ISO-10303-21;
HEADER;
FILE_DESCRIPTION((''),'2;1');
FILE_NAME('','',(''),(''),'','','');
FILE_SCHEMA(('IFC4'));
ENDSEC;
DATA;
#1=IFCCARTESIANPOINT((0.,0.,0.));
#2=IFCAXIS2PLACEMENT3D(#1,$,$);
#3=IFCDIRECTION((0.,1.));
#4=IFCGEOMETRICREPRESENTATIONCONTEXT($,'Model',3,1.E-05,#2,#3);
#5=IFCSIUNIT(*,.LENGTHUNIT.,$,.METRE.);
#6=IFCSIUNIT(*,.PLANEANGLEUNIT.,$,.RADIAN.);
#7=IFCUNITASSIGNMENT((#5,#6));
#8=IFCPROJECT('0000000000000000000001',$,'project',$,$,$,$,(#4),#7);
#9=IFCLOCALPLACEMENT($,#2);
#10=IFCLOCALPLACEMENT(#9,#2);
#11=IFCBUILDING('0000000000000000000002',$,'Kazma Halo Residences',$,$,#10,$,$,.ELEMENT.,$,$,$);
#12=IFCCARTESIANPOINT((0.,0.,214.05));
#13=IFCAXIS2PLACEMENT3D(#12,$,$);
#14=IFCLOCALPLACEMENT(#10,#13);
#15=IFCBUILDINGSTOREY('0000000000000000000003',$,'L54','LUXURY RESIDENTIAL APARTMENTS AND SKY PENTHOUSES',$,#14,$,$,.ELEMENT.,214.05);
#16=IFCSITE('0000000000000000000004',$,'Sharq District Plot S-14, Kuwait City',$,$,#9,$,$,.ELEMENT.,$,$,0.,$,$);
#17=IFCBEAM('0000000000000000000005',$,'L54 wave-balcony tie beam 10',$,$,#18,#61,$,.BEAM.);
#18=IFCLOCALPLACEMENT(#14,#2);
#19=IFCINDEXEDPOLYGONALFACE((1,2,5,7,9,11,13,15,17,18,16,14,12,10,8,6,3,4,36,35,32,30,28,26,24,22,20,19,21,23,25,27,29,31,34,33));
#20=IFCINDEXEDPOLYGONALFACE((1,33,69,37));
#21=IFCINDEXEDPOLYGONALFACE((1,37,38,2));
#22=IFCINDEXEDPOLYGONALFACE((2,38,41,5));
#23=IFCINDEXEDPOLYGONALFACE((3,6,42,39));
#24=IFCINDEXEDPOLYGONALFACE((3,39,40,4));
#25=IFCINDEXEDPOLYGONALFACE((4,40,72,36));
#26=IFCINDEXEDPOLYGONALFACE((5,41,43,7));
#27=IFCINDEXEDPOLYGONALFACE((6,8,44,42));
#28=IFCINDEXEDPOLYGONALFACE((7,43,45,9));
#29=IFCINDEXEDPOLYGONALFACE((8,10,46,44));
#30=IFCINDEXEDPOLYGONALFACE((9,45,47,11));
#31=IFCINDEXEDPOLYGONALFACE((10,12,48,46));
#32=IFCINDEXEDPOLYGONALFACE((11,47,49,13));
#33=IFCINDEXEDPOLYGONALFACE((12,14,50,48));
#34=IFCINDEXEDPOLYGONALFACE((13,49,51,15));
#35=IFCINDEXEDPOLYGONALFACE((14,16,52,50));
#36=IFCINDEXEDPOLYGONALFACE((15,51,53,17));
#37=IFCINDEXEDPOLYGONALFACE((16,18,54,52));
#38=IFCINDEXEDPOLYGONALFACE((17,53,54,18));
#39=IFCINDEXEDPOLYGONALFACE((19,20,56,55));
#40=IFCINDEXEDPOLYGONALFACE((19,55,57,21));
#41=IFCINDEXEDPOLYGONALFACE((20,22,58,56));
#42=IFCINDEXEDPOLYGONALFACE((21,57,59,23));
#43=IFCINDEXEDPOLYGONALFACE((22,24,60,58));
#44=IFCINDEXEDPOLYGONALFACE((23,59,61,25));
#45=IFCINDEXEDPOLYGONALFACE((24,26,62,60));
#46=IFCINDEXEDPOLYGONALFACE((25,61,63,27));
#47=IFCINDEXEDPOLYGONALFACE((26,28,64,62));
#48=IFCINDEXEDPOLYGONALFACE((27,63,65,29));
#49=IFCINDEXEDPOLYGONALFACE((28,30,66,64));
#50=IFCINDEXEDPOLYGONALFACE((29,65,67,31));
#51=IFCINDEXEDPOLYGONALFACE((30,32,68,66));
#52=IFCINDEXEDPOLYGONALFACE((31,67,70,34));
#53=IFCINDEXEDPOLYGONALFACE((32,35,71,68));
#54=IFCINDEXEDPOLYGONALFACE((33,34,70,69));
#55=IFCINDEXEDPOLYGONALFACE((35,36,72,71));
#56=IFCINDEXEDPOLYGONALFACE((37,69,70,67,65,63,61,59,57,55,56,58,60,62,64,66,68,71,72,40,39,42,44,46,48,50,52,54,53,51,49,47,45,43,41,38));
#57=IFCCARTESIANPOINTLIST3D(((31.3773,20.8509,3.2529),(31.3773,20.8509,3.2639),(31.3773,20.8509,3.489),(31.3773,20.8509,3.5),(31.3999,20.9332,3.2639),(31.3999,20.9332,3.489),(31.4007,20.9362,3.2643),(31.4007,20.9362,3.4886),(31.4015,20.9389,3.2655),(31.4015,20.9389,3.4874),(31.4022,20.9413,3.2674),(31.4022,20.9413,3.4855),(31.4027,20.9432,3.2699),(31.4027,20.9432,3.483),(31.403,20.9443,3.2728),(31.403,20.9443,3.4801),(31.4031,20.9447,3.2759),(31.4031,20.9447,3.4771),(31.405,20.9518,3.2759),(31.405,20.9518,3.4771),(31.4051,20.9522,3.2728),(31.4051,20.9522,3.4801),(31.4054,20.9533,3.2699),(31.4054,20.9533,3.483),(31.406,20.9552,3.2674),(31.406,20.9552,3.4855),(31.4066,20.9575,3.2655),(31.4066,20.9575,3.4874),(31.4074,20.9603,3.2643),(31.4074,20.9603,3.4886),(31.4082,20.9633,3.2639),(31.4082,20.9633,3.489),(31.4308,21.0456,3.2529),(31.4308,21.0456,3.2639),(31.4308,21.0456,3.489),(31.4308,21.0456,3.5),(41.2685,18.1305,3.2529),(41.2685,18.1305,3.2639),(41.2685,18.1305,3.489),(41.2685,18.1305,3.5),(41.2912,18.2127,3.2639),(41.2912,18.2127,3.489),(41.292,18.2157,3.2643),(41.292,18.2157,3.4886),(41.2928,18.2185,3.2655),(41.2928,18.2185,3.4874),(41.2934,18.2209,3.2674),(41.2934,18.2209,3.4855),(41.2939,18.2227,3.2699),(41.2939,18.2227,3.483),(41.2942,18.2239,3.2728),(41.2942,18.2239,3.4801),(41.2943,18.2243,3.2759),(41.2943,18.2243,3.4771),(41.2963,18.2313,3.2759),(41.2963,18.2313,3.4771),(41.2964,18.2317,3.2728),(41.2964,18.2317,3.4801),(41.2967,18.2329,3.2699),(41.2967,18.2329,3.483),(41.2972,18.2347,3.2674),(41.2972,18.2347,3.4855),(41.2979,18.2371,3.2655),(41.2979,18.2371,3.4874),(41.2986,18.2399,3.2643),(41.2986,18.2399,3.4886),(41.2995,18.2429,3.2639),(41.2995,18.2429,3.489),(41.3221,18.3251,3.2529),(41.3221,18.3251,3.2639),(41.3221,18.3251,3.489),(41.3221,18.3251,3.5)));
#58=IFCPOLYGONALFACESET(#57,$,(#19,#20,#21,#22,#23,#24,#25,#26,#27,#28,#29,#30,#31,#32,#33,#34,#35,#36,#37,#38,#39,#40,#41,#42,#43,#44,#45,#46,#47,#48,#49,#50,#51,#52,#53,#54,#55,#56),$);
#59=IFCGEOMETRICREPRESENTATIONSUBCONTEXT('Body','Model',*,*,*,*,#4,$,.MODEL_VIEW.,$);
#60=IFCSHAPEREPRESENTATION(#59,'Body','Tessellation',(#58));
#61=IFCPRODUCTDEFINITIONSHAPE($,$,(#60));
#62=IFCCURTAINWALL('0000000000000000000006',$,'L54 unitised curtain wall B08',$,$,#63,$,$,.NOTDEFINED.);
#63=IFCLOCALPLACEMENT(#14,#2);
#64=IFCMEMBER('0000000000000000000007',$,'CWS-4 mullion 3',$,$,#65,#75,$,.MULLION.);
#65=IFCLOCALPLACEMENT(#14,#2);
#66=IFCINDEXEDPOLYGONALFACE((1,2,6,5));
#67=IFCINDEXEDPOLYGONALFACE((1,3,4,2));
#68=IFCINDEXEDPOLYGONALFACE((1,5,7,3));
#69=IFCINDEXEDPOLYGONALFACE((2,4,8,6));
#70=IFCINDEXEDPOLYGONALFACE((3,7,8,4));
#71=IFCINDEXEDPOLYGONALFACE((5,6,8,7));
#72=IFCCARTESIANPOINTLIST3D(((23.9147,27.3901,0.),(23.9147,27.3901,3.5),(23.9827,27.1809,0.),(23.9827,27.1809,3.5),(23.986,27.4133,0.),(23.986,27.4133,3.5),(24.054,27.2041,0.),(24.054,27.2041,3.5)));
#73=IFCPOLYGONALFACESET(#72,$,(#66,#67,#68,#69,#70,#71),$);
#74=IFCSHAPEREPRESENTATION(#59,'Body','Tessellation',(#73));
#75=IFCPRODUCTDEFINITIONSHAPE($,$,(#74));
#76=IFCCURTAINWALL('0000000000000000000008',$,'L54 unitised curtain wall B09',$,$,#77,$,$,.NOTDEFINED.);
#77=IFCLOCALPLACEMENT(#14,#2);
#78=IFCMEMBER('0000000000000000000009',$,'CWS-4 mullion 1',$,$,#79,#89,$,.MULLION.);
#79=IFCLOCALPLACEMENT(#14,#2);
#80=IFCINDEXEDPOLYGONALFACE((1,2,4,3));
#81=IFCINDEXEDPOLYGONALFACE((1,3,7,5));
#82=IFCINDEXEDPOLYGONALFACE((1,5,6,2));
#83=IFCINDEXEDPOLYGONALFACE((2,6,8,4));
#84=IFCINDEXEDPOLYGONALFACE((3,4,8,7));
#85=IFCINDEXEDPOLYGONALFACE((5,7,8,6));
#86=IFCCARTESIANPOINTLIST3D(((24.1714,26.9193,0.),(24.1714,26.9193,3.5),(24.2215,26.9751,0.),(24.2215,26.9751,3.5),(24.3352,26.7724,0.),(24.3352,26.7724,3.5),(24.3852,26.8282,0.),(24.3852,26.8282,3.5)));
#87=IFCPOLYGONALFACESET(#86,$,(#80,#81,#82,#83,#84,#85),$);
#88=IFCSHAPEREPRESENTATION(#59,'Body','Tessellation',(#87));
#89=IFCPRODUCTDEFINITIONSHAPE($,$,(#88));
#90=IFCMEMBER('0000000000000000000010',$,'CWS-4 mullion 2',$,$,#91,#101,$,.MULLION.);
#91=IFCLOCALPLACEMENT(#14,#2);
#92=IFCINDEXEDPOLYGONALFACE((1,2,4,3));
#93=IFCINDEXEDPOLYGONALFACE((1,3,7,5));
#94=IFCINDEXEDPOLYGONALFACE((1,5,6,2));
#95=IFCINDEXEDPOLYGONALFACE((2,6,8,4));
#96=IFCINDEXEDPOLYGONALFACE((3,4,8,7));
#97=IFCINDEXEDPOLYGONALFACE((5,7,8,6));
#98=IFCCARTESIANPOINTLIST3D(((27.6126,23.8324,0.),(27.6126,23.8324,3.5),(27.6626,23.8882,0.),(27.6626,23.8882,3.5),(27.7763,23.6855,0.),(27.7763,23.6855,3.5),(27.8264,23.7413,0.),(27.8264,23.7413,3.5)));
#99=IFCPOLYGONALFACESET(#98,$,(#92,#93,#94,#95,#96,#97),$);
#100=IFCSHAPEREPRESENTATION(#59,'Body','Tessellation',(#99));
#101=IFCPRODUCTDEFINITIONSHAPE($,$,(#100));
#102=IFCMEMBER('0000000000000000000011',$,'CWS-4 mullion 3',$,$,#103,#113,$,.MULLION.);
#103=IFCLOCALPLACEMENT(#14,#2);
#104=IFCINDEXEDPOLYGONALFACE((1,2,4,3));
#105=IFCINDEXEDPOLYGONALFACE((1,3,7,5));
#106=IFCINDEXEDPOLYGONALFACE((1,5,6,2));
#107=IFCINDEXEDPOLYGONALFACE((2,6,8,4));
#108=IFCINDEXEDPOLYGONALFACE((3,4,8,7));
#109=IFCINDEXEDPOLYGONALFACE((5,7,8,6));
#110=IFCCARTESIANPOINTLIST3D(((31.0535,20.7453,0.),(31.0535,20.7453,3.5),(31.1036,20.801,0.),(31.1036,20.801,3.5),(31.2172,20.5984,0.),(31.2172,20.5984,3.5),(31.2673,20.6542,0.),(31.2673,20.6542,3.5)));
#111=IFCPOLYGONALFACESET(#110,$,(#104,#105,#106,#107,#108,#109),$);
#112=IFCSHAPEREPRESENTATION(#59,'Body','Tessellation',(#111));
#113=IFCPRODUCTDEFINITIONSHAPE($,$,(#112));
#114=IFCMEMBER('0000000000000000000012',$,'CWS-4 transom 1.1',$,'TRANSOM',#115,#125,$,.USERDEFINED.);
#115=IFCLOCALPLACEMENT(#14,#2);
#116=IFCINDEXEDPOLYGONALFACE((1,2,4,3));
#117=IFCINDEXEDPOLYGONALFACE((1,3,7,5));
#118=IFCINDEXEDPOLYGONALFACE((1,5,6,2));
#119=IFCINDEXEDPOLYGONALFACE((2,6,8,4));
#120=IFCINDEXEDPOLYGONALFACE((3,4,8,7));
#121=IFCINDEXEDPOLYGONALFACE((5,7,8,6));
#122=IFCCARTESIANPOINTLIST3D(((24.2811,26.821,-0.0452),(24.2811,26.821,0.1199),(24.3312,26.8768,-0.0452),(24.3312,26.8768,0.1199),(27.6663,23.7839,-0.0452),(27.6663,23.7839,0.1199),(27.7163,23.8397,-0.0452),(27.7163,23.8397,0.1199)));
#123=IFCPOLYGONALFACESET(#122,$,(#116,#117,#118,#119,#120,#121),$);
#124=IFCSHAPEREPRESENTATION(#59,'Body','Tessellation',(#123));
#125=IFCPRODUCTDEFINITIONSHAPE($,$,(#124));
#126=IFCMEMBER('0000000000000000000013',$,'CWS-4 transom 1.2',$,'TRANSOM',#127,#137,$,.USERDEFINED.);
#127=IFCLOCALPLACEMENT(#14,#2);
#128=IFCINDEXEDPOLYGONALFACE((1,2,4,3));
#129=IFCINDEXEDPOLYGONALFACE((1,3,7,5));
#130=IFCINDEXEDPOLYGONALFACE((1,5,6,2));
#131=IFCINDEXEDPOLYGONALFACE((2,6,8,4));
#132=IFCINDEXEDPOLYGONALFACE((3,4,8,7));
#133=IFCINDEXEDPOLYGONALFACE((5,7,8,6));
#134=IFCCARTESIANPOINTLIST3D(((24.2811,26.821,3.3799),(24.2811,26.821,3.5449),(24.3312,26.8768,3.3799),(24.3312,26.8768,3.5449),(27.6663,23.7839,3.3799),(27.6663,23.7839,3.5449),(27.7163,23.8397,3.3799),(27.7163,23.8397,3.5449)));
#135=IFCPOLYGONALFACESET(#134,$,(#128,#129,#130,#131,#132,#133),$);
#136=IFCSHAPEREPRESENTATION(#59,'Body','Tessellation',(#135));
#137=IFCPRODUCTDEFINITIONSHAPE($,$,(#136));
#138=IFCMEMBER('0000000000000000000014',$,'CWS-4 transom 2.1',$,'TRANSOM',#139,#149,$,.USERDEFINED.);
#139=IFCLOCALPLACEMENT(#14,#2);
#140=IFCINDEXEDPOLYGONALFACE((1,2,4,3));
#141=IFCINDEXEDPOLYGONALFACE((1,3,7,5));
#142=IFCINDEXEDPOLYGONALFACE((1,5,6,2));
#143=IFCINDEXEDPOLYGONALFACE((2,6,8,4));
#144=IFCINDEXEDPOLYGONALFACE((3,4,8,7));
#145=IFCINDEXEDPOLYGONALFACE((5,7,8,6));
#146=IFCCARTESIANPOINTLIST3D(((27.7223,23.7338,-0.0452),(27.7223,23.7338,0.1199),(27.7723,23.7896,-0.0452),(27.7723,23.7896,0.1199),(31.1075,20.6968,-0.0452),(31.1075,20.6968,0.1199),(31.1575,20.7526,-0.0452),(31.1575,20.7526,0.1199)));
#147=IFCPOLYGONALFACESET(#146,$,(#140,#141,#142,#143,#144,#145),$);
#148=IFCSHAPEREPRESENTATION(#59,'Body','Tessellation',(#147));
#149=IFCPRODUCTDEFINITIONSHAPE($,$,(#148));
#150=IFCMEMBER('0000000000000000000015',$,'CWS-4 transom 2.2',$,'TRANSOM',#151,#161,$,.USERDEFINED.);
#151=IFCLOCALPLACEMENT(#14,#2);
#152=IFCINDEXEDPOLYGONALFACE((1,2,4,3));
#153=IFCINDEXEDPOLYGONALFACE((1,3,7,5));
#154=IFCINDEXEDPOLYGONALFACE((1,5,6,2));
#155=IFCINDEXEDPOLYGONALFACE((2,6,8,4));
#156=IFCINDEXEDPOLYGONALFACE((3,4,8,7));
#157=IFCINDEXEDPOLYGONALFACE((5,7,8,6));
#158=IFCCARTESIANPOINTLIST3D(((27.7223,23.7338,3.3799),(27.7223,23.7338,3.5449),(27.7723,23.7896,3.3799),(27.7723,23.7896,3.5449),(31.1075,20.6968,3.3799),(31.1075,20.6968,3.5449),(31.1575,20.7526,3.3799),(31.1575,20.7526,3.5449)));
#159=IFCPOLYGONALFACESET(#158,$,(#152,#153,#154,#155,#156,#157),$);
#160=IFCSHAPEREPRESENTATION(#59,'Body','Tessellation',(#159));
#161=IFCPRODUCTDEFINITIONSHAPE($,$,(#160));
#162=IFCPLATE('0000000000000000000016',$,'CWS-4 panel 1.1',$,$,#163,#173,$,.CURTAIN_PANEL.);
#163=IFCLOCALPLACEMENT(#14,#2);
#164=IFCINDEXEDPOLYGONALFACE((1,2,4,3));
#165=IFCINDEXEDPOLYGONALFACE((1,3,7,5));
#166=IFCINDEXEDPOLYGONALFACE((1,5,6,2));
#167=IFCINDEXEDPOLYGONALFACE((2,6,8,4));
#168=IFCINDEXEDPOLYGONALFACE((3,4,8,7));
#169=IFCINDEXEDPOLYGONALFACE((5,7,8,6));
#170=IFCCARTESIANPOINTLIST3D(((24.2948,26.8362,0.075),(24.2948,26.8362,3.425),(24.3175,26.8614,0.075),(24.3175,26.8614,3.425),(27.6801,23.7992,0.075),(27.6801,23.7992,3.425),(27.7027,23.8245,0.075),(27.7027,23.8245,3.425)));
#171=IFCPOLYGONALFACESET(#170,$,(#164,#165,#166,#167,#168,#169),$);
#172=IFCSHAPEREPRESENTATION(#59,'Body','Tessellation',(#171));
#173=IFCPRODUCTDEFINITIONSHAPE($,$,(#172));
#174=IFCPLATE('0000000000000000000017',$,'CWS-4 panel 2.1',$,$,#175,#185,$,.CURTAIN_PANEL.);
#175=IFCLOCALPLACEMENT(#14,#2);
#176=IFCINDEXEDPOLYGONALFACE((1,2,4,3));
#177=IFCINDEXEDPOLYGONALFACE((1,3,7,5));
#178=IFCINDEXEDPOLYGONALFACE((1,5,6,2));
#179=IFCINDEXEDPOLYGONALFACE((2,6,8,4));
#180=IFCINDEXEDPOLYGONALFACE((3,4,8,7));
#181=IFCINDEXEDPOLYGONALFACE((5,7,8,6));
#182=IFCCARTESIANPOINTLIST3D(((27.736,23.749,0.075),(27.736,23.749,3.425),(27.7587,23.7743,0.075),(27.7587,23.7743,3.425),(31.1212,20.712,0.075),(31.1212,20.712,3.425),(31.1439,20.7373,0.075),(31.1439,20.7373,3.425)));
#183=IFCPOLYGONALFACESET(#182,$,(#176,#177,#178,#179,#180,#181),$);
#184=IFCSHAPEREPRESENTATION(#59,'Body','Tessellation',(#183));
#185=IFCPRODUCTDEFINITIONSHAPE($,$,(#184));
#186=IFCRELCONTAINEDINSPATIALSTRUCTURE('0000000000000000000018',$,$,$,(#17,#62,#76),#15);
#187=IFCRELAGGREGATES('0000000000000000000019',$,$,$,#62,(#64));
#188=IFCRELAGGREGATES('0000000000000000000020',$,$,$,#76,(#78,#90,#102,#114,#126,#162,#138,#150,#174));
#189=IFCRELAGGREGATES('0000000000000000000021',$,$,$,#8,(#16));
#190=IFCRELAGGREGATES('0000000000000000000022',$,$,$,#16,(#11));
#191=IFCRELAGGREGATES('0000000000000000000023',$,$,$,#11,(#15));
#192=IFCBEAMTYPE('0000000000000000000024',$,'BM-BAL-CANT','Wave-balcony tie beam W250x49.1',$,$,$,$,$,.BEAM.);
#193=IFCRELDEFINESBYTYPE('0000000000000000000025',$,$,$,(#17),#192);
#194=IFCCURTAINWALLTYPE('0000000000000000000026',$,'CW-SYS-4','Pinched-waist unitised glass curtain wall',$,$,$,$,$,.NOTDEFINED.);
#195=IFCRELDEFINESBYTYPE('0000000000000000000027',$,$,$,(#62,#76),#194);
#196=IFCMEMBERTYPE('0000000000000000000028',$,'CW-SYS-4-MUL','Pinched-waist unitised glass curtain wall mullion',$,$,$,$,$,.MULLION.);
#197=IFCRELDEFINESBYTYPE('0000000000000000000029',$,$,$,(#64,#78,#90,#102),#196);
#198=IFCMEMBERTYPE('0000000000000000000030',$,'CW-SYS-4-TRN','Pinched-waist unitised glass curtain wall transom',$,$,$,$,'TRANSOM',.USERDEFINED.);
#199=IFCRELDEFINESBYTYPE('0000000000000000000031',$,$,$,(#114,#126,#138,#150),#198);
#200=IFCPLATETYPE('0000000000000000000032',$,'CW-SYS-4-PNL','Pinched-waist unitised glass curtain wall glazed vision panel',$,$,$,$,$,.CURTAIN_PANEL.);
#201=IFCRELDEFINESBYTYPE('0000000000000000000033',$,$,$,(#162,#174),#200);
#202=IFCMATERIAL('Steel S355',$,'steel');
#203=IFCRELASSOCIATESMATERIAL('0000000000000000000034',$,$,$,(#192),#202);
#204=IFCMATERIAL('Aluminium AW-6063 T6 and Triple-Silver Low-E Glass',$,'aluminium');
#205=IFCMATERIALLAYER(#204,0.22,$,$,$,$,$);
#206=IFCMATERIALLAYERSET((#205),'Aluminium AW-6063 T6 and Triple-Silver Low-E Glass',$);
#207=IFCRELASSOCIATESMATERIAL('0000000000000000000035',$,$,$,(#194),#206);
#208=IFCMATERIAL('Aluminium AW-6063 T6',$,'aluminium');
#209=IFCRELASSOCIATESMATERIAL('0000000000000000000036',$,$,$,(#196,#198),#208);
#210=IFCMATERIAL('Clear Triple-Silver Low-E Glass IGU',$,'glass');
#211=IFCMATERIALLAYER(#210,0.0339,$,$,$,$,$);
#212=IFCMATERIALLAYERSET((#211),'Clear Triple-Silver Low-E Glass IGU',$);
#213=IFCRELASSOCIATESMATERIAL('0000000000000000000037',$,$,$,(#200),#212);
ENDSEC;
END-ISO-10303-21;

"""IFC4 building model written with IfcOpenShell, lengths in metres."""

from ifc_helpers import new_model, si_unit, direction, frame, origin, origin_2d, place, context, subcontext, project, spatial, rectangle, i_section, extrude, material, layer, layer_set, material_profile, profile_set, type_object, element, aggregate, save


model = new_model("IFC4")

# Units and contexts
model_context = context("Model", 3, precision=1e-05, world=origin(), true_north=direction((0.0, 1.0)))
body_context = subcontext(model_context, "Body", "Model", "MODEL_VIEW")
ifc_project = project(units=[si_unit("LENGTHUNIT", "METRE"), si_unit("PLANEANGLEUNIT", "RADIAN")], contexts=[model_context])

# Site, building, storey
site_placement = place(None, origin())
site = spatial("IfcSite", under=ifc_project, at=site_placement, Name="Sharq District Plot S-14, Kuwait City", CompositionType="ELEMENT", RefElevation=0.0)
building_placement = place(site_placement, origin())
building = spatial("IfcBuilding", under=site, at=building_placement, Name="Kazma Halo Residences", CompositionType="ELEMENT")
storey_placement = place(building_placement, frame((0.0, 0.0, 214.05)))
storey = spatial("IfcBuildingStorey", under=building, at=storey_placement, Name="L54", Description="LUXURY RESIDENTIAL APARTMENTS AND SKY PENTHOUSES", CompositionType="ELEMENT", Elevation=214.05)

# Beam
ifc_material_1 = material(Name="Steel S355", Category="steel")
ifc_material_profile_1 = material_profile(ifc_material_1, i_section(OverallWidth=0.2019, OverallDepth=0.2471, WebThickness=0.0073, FlangeThickness=0.011, FilletRadius=0.012, at=origin_2d()), Name="W250x49.1")
ifc_profile_set_1 = profile_set([ifc_material_profile_1], Name="Steel S355")
beam_type = type_object("IfcBeamType", Name="BM-BAL-CANT", Description="Wave-balcony tie beam W250x49.1", PredefinedType="BEAM", material=ifc_profile_set_1)
beam_placement = place(storey_placement, frame((31.4041, 20.9482, 3.3765), z_axis=(0.964197, -0.265187, 0.0), x_axis=(0.265187, 0.964197, 0.0)))
element("IfcBeam", 1, at=beam_placement, inside=storey, type_object=beam_type, Name="L54 wave-balcony tie beam 10", PredefinedType="BEAM", context=body_context, shape_type="SweptSolid", body=[
    extrude(i_section(OverallWidth=0.2019, OverallDepth=0.2471, WebThickness=0.0073, FlangeThickness=0.011, FilletRadius=0.012, at=origin_2d()), origin(), (0.0, 0.0, 1.0), 10.2585),
])

# Curtain wall, member
ifc_material_2 = material(Name="Aluminium AW-6063 T6 and Triple-Silver Low-E Glass", Category="aluminium")
ifc_layer_1 = layer(ifc_material_2, 0.22)
ifc_layer_set_1 = layer_set([ifc_layer_1], Name="Aluminium AW-6063 T6 and Triple-Silver Low-E Glass")
curtain_wall_type = type_object("IfcCurtainWallType", Name="CW-SYS-4", Description="Pinched-waist unitised glass curtain wall", PredefinedType="NOTDEFINED", material=ifc_layer_set_1)
curtain_wall_1_placement = place(storey_placement, origin())
curtain_wall_1 = element("IfcCurtainWall", 2, at=curtain_wall_1_placement, inside=storey, type_object=curtain_wall_type, Name="L54 unitised curtain wall B08", PredefinedType="NOTDEFINED")
ifc_material_3 = material(Name="Aluminium AW-6063 T6", Category="aluminium")
ifc_material_profile_2 = material_profile(ifc_material_3, rectangle(XDim=0.075, YDim=0.22, at=origin_2d()), Name="CWM-75x220")
ifc_profile_set_2 = profile_set([ifc_material_profile_2], Name="Aluminium AW-6063 T6")
member_type_1 = type_object("IfcMemberType", Name="CW-SYS-4-MUL", Description="Pinched-waist unitised glass curtain wall mullion", PredefinedType="MULLION", material=ifc_profile_set_2)
member_1_placement = place(storey_placement, frame((23.9844, 27.2971, 0.0), z_axis=(0.0, 0.0, 1.0), x_axis=(0.951057, 0.309016, 0.0)))
member_1 = element("IfcMember", 3, at=member_1_placement, type_object=member_type_1, Name="CWS-4 mullion 3", PredefinedType="MULLION", context=body_context, shape_type="SweptSolid", body=[
    extrude(rectangle(XDim=0.075, YDim=0.22, at=origin_2d()), origin(), (0.0, 0.0, 1.0), 3.5),
])
aggregate(curtain_wall_1, [member_1])

# Curtain wall, members, plates
curtain_wall_2_placement = place(storey_placement, origin())
curtain_wall_2 = element("IfcCurtainWall", 4, at=curtain_wall_2_placement, inside=storey, type_object=curtain_wall_type, Name="L54 unitised curtain wall B09", PredefinedType="NOTDEFINED")
member_2_placement = place(storey_placement, frame((24.2783, 26.8738, 0.0), z_axis=(0.0, 0.0, 1.0), x_axis=(0.667784, 0.744355, 0.0)))
member_2 = element("IfcMember", 5, at=member_2_placement, type_object=member_type_1, Name="CWS-4 mullion 1", PredefinedType="MULLION", context=body_context, shape_type="SweptSolid", body=[
    extrude(rectangle(XDim=0.075, YDim=0.22, at=origin_2d()), origin(), (0.0, 0.0, 1.0), 3.5),
])
member_3_placement = place(storey_placement, frame((27.7195, 23.7869, 0.0), z_axis=(0.0, 0.0, 1.0), x_axis=(0.667784, 0.744355, 0.0)))
member_3 = element("IfcMember", 6, at=member_3_placement, type_object=member_type_1, Name="CWS-4 mullion 2", PredefinedType="MULLION", context=body_context, shape_type="SweptSolid", body=[
    extrude(rectangle(XDim=0.075, YDim=0.22, at=origin_2d()), origin(), (0.0, 0.0, 1.0), 3.5),
])
member_4_placement = place(storey_placement, frame((31.1604, 20.6997, 0.0), z_axis=(0.0, 0.0, 1.0), x_axis=(0.667784, 0.744355, 0.0)))
member_4 = element("IfcMember", 7, at=member_4_placement, type_object=member_type_1, Name="CWS-4 mullion 3", PredefinedType="MULLION", context=body_context, shape_type="SweptSolid", body=[
    extrude(rectangle(XDim=0.075, YDim=0.22, at=origin_2d()), origin(), (0.0, 0.0, 1.0), 3.5),
])
ifc_material_profile_3 = material_profile(ifc_material_3, rectangle(XDim=0.075, YDim=0.165, at=origin_2d()), Name="CWT-75x165")
ifc_profile_set_3 = profile_set([ifc_material_profile_3], Name="Aluminium AW-6063 T6")
member_type_2 = type_object("IfcMemberType", Name="CW-SYS-4-TRN", Description="Pinched-waist unitised glass curtain wall transom", ElementType="TRANSOM", PredefinedType="USERDEFINED", material=ifc_profile_set_3)
member_5_placement = place(storey_placement, frame((24.3062, 26.8489, 0.0374), z_axis=(0.744345, -0.667795, 0.0), x_axis=(0.667795, 0.744345, 0.0)))
member_5 = element("IfcMember", 8, at=member_5_placement, type_object=member_type_2, Name="CWS-4 transom 1.1", ObjectType="TRANSOM", PredefinedType="USERDEFINED", context=body_context, shape_type="SweptSolid", body=[
    extrude(rectangle(XDim=0.075, YDim=0.165, at=origin_2d()), origin(), (0.0, 0.0, 1.0), 4.5479),
])
member_6_placement = place(storey_placement, frame((24.3062, 26.8489, 3.4624), z_axis=(0.744345, -0.667795, 0.0), x_axis=(0.667795, 0.744345, 0.0)))
member_6 = element("IfcMember", 9, at=member_6_placement, type_object=member_type_2, Name="CWS-4 transom 1.2", ObjectType="TRANSOM", PredefinedType="USERDEFINED", context=body_context, shape_type="SweptSolid", body=[
    extrude(rectangle(XDim=0.075, YDim=0.165, at=origin_2d()), origin(), (0.0, 0.0, 1.0), 4.5479),
])
member_7_placement = place(storey_placement, frame((27.7473, 23.7617, 0.0374), z_axis=(0.744345, -0.667795, 0.0), x_axis=(0.667795, 0.744345, 0.0)))
member_7 = element("IfcMember", 10, at=member_7_placement, type_object=member_type_2, Name="CWS-4 transom 2.1", ObjectType="TRANSOM", PredefinedType="USERDEFINED", context=body_context, shape_type="SweptSolid", body=[
    extrude(rectangle(XDim=0.075, YDim=0.165, at=origin_2d()), origin(), (0.0, 0.0, 1.0), 4.5479),
])
member_8_placement = place(storey_placement, frame((27.7473, 23.7617, 3.4624), z_axis=(0.744345, -0.667795, 0.0), x_axis=(0.667795, 0.744345, 0.0)))
member_8 = element("IfcMember", 11, at=member_8_placement, type_object=member_type_2, Name="CWS-4 transom 2.2", ObjectType="TRANSOM", PredefinedType="USERDEFINED", context=body_context, shape_type="SweptSolid", body=[
    extrude(rectangle(XDim=0.075, YDim=0.165, at=origin_2d()), origin(), (0.0, 0.0, 1.0), 4.5479),
])
ifc_material_4 = material(Name="Clear Triple-Silver Low-E Glass IGU", Category="glass")
ifc_layer_2 = layer(ifc_material_4, 0.0339)
ifc_layer_set_2 = layer_set([ifc_layer_2], Name="Clear Triple-Silver Low-E Glass IGU")
plate_type = type_object("IfcPlateType", Name="CW-SYS-4-PNL", Description="Pinched-waist unitised glass curtain wall glazed vision panel", PredefinedType="CURTAIN_PANEL", material=ifc_layer_set_2)
plate_1_placement = place(storey_placement, frame((25.9988, 25.3303, 0.075), z_axis=(0.0, 0.0, 1.0), x_axis=(0.744355, -0.667784, 0.0)))
plate_1 = element("IfcPlate", 12, at=plate_1_placement, type_object=plate_type, Name="CWS-4 panel 1.1", PredefinedType="CURTAIN_PANEL", context=body_context, shape_type="SweptSolid", body=[
    extrude(rectangle(XDim=4.5479, YDim=0.0339, at=origin_2d()), origin(), (0.0, 0.0, 1.0), 3.3501),
])
plate_2_placement = place(storey_placement, frame((29.4399, 22.2432, 0.075), z_axis=(0.0, 0.0, 1.0), x_axis=(0.744355, -0.667784, 0.0)))
plate_2 = element("IfcPlate", 13, at=plate_2_placement, type_object=plate_type, Name="CWS-4 panel 2.1", PredefinedType="CURTAIN_PANEL", context=body_context, shape_type="SweptSolid", body=[
    extrude(rectangle(XDim=4.5479, YDim=0.0339, at=origin_2d()), origin(), (0.0, 0.0, 1.0), 3.3501),
])
aggregate(curtain_wall_2, [member_2, member_3, member_4, member_5, member_6, plate_1, member_7, member_8, plate_2])

save(model, "model.ifc")
